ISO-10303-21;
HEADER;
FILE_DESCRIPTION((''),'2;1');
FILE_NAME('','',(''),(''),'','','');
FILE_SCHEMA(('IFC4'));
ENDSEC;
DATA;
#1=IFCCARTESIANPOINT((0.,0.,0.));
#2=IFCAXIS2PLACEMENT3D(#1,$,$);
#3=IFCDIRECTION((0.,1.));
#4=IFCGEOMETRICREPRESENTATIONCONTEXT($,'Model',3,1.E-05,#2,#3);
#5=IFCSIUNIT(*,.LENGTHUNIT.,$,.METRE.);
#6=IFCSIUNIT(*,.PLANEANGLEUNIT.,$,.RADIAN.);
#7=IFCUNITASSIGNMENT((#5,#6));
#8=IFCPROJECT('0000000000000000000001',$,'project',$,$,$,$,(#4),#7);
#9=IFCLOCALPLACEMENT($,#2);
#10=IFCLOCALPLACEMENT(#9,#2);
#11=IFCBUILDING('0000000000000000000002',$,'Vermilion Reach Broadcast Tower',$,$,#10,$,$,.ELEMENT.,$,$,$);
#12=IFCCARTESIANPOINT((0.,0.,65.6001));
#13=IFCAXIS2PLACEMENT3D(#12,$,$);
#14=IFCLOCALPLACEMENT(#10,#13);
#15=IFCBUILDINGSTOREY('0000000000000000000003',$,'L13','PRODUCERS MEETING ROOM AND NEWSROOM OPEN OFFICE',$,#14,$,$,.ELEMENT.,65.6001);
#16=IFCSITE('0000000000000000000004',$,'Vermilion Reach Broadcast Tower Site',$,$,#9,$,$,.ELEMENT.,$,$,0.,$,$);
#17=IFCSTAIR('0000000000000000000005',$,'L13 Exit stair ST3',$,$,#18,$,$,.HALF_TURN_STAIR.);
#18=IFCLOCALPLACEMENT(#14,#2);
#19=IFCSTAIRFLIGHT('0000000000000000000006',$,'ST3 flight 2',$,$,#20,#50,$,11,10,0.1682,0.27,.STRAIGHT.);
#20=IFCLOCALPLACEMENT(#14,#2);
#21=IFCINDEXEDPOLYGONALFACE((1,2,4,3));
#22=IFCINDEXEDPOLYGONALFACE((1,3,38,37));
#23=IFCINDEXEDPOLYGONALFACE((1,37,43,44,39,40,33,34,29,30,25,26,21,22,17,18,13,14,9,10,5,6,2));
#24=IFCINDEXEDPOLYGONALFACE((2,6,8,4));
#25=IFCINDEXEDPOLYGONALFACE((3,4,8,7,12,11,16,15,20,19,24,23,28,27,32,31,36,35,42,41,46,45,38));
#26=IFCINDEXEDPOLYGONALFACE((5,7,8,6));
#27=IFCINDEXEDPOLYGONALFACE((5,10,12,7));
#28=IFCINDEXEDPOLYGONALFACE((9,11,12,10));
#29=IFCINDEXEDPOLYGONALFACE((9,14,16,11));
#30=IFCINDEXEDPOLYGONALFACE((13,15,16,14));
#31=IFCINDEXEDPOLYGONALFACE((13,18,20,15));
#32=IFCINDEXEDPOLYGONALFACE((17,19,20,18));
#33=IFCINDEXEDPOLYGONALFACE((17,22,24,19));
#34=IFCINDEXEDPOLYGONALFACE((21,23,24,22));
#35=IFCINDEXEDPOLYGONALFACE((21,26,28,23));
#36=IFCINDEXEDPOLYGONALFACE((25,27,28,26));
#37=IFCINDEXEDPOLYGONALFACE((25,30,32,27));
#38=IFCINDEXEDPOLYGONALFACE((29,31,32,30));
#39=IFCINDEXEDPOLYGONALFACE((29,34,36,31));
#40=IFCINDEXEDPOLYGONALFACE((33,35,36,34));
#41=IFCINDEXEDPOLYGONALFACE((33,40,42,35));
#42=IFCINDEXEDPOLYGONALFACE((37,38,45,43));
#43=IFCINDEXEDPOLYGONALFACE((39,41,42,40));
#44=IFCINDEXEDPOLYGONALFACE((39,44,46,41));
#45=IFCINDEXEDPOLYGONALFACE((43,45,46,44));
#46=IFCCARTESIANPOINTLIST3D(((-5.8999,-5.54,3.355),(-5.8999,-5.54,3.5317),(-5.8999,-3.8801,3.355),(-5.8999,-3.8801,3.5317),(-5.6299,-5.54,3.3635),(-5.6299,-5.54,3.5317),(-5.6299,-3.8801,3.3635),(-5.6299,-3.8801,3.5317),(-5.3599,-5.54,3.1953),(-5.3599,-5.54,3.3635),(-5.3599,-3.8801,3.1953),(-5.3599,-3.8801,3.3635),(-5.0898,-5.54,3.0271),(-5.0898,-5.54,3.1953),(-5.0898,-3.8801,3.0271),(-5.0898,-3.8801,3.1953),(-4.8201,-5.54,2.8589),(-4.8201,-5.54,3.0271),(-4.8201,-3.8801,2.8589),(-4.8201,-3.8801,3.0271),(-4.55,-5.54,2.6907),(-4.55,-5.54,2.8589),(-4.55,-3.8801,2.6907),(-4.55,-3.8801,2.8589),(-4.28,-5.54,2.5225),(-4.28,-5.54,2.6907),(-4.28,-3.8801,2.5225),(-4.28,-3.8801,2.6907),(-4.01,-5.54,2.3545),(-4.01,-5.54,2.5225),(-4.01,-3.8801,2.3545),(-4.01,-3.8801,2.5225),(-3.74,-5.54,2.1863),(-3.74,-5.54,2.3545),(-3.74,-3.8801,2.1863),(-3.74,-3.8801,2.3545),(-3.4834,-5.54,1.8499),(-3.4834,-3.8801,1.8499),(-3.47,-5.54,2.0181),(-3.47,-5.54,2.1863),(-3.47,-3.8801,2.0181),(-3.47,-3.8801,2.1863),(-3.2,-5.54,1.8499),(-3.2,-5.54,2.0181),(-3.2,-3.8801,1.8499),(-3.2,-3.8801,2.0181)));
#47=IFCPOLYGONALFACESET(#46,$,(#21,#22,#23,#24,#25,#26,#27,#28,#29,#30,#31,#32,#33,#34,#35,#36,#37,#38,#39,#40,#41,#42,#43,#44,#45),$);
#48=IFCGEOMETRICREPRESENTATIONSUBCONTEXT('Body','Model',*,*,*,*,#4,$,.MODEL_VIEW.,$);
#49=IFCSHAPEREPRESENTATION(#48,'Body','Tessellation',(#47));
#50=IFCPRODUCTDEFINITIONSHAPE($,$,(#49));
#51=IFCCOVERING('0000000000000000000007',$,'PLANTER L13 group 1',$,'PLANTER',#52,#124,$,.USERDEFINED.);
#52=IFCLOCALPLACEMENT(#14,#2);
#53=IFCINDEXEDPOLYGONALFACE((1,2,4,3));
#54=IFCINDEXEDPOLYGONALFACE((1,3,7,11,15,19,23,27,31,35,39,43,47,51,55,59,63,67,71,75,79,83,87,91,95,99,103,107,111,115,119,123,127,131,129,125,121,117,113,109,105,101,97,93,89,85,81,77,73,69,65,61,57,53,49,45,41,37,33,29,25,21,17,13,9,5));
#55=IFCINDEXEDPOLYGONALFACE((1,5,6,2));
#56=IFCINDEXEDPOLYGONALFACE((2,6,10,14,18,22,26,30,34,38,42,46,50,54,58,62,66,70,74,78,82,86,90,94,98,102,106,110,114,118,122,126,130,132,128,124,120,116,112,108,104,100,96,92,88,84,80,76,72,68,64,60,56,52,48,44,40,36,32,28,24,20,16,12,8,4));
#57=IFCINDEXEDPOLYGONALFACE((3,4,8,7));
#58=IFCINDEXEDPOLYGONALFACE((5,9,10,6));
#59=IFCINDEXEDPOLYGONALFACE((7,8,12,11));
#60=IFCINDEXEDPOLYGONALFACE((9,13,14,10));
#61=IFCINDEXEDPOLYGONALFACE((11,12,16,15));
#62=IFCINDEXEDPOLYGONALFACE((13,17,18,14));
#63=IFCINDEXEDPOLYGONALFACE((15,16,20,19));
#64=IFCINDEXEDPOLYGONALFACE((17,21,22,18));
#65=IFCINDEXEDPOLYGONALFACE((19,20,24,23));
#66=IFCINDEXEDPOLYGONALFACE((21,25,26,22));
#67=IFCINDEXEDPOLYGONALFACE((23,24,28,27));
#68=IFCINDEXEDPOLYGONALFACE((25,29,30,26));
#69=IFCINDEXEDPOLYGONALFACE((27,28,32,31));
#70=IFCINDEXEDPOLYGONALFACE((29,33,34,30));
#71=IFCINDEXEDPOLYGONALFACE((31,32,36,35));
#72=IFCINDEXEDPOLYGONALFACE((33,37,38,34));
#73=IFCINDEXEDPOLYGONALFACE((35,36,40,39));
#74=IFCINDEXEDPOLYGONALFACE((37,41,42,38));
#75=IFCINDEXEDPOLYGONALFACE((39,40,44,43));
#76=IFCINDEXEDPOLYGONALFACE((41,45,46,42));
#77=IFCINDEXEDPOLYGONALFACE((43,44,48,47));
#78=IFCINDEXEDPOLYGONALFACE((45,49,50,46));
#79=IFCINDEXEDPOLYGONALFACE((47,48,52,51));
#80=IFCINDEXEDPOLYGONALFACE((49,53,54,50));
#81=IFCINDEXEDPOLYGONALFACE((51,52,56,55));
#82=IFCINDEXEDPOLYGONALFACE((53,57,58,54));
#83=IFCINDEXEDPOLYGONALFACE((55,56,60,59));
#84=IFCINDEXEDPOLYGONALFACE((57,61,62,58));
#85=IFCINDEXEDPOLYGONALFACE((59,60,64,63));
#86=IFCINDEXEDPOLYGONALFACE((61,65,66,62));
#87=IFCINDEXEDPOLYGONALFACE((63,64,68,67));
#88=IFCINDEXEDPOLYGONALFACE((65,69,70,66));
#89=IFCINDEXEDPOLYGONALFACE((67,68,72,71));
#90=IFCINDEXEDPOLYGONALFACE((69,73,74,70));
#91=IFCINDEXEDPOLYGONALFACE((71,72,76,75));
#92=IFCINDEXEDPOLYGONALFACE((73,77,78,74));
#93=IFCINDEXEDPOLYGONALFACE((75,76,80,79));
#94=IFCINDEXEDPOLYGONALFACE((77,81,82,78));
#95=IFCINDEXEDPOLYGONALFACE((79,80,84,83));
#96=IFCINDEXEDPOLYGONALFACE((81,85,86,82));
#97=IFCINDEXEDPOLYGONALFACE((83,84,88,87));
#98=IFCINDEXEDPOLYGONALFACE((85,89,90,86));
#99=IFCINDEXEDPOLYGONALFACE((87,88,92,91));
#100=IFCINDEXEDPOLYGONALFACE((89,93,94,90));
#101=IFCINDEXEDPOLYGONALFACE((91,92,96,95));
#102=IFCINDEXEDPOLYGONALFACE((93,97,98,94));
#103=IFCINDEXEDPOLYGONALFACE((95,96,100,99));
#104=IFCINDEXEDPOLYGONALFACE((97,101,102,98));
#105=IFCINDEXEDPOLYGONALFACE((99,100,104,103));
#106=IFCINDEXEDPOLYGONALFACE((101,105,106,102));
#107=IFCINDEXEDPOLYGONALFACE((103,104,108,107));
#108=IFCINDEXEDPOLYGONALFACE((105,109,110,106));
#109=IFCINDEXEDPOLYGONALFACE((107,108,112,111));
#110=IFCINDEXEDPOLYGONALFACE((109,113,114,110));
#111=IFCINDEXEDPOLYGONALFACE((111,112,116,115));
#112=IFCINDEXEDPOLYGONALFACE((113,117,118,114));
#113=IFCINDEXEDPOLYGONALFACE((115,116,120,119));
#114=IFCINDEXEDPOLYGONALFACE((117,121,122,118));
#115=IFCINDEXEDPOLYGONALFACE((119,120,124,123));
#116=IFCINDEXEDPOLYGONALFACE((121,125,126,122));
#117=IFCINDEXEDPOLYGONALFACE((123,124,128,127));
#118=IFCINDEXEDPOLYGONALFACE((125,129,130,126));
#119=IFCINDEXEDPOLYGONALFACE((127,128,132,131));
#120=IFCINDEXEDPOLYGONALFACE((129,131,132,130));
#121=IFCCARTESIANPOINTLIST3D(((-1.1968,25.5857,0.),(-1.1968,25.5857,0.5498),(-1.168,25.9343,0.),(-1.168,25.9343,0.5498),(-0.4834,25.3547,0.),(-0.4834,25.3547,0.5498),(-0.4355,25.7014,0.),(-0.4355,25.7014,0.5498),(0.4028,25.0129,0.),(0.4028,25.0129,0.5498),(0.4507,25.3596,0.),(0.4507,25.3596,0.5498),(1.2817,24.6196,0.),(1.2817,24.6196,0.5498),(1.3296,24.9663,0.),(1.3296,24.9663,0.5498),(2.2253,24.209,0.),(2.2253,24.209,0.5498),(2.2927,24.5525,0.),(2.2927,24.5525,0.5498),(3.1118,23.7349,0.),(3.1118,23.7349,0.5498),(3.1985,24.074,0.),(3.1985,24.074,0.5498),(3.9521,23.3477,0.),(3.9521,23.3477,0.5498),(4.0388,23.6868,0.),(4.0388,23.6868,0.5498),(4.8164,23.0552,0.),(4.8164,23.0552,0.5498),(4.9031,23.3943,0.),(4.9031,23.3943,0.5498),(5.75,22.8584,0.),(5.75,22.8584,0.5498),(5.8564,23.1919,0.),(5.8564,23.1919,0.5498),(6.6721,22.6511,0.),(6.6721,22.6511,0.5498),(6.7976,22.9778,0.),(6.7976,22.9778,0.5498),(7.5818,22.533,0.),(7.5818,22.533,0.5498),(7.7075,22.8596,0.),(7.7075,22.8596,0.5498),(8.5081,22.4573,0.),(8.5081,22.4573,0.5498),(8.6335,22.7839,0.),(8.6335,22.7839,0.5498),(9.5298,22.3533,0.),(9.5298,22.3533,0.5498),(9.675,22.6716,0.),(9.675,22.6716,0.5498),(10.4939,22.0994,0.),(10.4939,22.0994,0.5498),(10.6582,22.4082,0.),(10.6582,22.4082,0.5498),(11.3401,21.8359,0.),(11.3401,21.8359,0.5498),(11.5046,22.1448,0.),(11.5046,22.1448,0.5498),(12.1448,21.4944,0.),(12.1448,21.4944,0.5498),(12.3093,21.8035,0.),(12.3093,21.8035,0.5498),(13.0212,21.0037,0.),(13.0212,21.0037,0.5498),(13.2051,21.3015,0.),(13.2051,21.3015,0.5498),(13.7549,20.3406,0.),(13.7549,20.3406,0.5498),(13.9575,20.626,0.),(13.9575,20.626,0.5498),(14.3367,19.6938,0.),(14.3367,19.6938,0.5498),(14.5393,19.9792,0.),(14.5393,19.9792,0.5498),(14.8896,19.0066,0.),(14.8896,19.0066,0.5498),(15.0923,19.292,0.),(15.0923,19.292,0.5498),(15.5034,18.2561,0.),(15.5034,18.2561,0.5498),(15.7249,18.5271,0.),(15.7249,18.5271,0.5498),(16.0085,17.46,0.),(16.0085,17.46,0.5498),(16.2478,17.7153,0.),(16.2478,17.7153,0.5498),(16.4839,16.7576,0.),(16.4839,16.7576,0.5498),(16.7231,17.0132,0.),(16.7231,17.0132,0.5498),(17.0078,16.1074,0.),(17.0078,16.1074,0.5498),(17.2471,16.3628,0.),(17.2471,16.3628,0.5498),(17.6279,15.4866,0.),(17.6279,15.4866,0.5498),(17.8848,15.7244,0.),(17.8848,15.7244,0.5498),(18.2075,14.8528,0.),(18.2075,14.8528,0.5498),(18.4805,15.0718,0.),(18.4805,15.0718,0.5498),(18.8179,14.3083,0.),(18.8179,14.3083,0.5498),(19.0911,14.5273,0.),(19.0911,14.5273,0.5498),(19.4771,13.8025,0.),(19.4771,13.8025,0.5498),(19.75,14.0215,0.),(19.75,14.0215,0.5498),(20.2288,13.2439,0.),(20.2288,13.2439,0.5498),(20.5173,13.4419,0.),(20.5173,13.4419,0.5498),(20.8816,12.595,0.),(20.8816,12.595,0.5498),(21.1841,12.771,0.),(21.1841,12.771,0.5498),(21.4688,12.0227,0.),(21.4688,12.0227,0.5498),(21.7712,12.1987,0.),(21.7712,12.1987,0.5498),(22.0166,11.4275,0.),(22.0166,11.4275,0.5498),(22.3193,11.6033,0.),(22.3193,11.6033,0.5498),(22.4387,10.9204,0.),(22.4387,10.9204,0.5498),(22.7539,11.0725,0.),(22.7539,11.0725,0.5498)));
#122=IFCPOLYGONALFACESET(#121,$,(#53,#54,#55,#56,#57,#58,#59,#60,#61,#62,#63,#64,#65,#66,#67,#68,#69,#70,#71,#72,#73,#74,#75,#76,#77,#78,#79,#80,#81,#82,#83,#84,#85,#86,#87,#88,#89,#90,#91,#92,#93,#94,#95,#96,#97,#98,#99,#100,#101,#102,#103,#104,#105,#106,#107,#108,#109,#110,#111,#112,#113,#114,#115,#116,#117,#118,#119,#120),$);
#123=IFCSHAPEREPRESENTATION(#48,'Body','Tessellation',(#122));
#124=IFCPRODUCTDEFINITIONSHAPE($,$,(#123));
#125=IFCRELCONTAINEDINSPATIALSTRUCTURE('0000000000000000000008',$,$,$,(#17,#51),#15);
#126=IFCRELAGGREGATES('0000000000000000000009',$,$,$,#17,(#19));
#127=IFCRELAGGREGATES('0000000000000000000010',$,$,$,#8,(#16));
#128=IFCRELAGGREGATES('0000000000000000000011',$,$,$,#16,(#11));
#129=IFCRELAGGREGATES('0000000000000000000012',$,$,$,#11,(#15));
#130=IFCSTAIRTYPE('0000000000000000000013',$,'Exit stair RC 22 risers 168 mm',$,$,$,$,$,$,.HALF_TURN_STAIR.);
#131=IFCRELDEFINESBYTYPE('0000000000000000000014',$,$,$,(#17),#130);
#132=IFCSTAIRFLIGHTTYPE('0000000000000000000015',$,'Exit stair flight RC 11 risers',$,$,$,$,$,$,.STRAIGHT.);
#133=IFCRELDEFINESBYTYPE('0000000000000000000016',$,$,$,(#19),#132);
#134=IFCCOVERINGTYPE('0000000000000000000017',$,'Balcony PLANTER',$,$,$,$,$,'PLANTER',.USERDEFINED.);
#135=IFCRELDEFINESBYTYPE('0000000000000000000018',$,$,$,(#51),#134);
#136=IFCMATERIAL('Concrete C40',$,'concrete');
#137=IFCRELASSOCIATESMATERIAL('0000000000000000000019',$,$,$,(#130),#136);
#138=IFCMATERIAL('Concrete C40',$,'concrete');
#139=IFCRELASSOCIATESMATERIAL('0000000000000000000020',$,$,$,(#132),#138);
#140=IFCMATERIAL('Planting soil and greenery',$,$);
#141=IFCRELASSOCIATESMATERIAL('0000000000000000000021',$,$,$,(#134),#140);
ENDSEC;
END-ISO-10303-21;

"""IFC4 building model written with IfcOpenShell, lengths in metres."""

from ifc_helpers import new_model, si_unit, direction, frame, origin, place, context, subcontext, project, spatial, polyline, outline, extrude, material, type_object, element, aggregate, save


model = new_model("IFC4")

# Units and contexts
model_context = context("Model", 3, precision=1e-05, world=origin(), true_north=direction((0.0, 1.0)))
body_context = subcontext(model_context, "Body", "Model", "MODEL_VIEW")
ifc_project = project(units=[si_unit("LENGTHUNIT", "METRE"), si_unit("PLANEANGLEUNIT", "RADIAN")], contexts=[model_context])

# Site, building, storey
site_placement = place(None, origin())
site = spatial("IfcSite", under=ifc_project, at=site_placement, Name="Vermilion Reach Broadcast Tower Site", CompositionType="ELEMENT", RefElevation=0.0)
building_placement = place(site_placement, origin())
building = spatial("IfcBuilding", under=site, at=building_placement, Name="Vermilion Reach Broadcast Tower", CompositionType="ELEMENT")
storey_placement = place(building_placement, frame((0.0, 0.0, 65.6001)))
storey = spatial("IfcBuildingStorey", under=building, at=storey_placement, Name="L13", Description="PRODUCERS MEETING ROOM AND NEWSROOM OPEN OFFICE", CompositionType="ELEMENT", Elevation=65.6001)

# Stair, stair flight
ifc_material_1 = material(Name="Concrete C40", Category="concrete")
stair_type = type_object("IfcStairType", Name="Exit stair RC 22 risers 168 mm", PredefinedType="HALF_TURN_STAIR", material=ifc_material_1)
placement_1 = place(storey_placement, origin())
stair = element("IfcStair", 1, at=placement_1, inside=storey, type_object=stair_type, Name="L13 Exit stair ST3", PredefinedType="HALF_TURN_STAIR")
ifc_material_2 = material(Name="Concrete C40", Category="concrete")
stair_flight_type = type_object("IfcStairFlightType", Name="Exit stair flight RC 11 risers", PredefinedType="STRAIGHT", material=ifc_material_2)
stair_flight_placement = place(storey_placement, frame((-3.2, -4.71, 1.8499), z_axis=(0.0, 0.0, 1.0), x_axis=(-1.0, 0.0, 0.0)))
stair_flight = element("IfcStairFlight", 2, at=stair_flight_placement, type_object=stair_flight_type, Name="ST3 flight 2", NumberOfRisers=11, NumberOfTreads=10, PredefinedType="STRAIGHT", RiserHeight=0.1682, TreadLength=0.27, context=body_context, shape_type="SweptSolid", body=[
    extrude(outline(polyline([(0.0, 0.0), (0.0, 0.1682), (0.27, 0.1682), (0.27, 0.3364), (0.54, 0.3364), (0.54, 0.5046), (0.8101, 0.5046), (0.8101, 0.6726), (1.0801, 0.6726), (1.0801, 0.8408), (1.3501, 0.8408), (1.3501, 1.009), (1.6201, 1.009), (1.6201, 1.1772), (1.8899, 1.1772), (1.8899, 1.3455), (2.1599, 1.3455), (2.1599, 1.5137), (2.4299, 1.5137), (2.4299, 1.6819), (2.7, 1.6819), (2.7, 1.8501), (2.7, 1.5051), (0.2834, 0.0), (0.0, 0.0)])), frame((0.0, 0.8301, 0.0), z_axis=(0.0, -1.0, 0.0), x_axis=(1.0, 0.0, 0.0)), (0.0, 0.0, 1.0), 1.6599),
])
aggregate(stair, [stair_flight])

# Covering
ifc_material_3 = material(Name="Planting soil and greenery")
covering_type = type_object("IfcCoveringType", Name="Balcony PLANTER", ElementType="PLANTER", PredefinedType="USERDEFINED", material=ifc_material_3)
element("IfcCovering", 3, at=placement_1, inside=storey, type_object=covering_type, Name="PLANTER L13 group 1", ObjectType="PLANTER", PredefinedType="USERDEFINED", context=body_context, shape_type="SweptSolid", body=[
    extrude(outline(polyline([(22.7539, 11.0725), (22.3193, 11.6033), (21.7712, 12.1987), (21.1841, 12.771), (20.5173, 13.4419), (19.75, 14.0215), (19.0911, 14.5273), (18.4805, 15.0718), (17.8848, 15.7244), (17.2471, 16.3628), (16.7231, 17.0132), (16.2478, 17.7153), (15.7249, 18.5271), (15.0923, 19.292), (14.5393, 19.9792), (13.9575, 20.626), (13.2051, 21.3015), (12.3093, 21.8035), (11.5046, 22.1448), (10.6582, 22.4082), (9.675, 22.6716), (8.6335, 22.7839), (7.7075, 22.8596), (6.7976, 22.9778), (5.8564, 23.1919), (4.9031, 23.3943), (4.0388, 23.6868), (3.1985, 24.074), (2.2927, 24.5525), (1.3296, 24.9663), (0.4507, 25.3596), (-0.4355, 25.7014), (-1.168, 25.9343), (-1.1968, 25.5857), (-0.4834, 25.3547), (0.4028, 25.0129), (1.2817, 24.6196), (2.2253, 24.209), (3.1118, 23.7349), (3.9521, 23.3477), (4.8164, 23.0552), (5.75, 22.8584), (6.6721, 22.6511), (7.5818, 22.533), (8.5081, 22.4573), (9.5298, 22.3533), (10.4939, 22.0994), (11.3401, 21.8359), (12.1448, 21.4944), (13.0212, 21.0037), (13.7549, 20.3406), (14.3367, 19.6938), (14.8896, 19.0066), (15.5034, 18.2561), (16.0085, 17.46), (16.4839, 16.7576), (17.0078, 16.1074), (17.6279, 15.4866), (18.2075, 14.8528), (18.8179, 14.3083), (19.4771, 13.8025), (20.2288, 13.2439), (20.8816, 12.595), (21.4688, 12.0227), (22.0166, 11.4275), (22.4387, 10.9204), (22.7539, 11.0725)])), origin(), (0.0, 0.0, 1.0), 0.5498),
])

save(model, "model.ifc")
